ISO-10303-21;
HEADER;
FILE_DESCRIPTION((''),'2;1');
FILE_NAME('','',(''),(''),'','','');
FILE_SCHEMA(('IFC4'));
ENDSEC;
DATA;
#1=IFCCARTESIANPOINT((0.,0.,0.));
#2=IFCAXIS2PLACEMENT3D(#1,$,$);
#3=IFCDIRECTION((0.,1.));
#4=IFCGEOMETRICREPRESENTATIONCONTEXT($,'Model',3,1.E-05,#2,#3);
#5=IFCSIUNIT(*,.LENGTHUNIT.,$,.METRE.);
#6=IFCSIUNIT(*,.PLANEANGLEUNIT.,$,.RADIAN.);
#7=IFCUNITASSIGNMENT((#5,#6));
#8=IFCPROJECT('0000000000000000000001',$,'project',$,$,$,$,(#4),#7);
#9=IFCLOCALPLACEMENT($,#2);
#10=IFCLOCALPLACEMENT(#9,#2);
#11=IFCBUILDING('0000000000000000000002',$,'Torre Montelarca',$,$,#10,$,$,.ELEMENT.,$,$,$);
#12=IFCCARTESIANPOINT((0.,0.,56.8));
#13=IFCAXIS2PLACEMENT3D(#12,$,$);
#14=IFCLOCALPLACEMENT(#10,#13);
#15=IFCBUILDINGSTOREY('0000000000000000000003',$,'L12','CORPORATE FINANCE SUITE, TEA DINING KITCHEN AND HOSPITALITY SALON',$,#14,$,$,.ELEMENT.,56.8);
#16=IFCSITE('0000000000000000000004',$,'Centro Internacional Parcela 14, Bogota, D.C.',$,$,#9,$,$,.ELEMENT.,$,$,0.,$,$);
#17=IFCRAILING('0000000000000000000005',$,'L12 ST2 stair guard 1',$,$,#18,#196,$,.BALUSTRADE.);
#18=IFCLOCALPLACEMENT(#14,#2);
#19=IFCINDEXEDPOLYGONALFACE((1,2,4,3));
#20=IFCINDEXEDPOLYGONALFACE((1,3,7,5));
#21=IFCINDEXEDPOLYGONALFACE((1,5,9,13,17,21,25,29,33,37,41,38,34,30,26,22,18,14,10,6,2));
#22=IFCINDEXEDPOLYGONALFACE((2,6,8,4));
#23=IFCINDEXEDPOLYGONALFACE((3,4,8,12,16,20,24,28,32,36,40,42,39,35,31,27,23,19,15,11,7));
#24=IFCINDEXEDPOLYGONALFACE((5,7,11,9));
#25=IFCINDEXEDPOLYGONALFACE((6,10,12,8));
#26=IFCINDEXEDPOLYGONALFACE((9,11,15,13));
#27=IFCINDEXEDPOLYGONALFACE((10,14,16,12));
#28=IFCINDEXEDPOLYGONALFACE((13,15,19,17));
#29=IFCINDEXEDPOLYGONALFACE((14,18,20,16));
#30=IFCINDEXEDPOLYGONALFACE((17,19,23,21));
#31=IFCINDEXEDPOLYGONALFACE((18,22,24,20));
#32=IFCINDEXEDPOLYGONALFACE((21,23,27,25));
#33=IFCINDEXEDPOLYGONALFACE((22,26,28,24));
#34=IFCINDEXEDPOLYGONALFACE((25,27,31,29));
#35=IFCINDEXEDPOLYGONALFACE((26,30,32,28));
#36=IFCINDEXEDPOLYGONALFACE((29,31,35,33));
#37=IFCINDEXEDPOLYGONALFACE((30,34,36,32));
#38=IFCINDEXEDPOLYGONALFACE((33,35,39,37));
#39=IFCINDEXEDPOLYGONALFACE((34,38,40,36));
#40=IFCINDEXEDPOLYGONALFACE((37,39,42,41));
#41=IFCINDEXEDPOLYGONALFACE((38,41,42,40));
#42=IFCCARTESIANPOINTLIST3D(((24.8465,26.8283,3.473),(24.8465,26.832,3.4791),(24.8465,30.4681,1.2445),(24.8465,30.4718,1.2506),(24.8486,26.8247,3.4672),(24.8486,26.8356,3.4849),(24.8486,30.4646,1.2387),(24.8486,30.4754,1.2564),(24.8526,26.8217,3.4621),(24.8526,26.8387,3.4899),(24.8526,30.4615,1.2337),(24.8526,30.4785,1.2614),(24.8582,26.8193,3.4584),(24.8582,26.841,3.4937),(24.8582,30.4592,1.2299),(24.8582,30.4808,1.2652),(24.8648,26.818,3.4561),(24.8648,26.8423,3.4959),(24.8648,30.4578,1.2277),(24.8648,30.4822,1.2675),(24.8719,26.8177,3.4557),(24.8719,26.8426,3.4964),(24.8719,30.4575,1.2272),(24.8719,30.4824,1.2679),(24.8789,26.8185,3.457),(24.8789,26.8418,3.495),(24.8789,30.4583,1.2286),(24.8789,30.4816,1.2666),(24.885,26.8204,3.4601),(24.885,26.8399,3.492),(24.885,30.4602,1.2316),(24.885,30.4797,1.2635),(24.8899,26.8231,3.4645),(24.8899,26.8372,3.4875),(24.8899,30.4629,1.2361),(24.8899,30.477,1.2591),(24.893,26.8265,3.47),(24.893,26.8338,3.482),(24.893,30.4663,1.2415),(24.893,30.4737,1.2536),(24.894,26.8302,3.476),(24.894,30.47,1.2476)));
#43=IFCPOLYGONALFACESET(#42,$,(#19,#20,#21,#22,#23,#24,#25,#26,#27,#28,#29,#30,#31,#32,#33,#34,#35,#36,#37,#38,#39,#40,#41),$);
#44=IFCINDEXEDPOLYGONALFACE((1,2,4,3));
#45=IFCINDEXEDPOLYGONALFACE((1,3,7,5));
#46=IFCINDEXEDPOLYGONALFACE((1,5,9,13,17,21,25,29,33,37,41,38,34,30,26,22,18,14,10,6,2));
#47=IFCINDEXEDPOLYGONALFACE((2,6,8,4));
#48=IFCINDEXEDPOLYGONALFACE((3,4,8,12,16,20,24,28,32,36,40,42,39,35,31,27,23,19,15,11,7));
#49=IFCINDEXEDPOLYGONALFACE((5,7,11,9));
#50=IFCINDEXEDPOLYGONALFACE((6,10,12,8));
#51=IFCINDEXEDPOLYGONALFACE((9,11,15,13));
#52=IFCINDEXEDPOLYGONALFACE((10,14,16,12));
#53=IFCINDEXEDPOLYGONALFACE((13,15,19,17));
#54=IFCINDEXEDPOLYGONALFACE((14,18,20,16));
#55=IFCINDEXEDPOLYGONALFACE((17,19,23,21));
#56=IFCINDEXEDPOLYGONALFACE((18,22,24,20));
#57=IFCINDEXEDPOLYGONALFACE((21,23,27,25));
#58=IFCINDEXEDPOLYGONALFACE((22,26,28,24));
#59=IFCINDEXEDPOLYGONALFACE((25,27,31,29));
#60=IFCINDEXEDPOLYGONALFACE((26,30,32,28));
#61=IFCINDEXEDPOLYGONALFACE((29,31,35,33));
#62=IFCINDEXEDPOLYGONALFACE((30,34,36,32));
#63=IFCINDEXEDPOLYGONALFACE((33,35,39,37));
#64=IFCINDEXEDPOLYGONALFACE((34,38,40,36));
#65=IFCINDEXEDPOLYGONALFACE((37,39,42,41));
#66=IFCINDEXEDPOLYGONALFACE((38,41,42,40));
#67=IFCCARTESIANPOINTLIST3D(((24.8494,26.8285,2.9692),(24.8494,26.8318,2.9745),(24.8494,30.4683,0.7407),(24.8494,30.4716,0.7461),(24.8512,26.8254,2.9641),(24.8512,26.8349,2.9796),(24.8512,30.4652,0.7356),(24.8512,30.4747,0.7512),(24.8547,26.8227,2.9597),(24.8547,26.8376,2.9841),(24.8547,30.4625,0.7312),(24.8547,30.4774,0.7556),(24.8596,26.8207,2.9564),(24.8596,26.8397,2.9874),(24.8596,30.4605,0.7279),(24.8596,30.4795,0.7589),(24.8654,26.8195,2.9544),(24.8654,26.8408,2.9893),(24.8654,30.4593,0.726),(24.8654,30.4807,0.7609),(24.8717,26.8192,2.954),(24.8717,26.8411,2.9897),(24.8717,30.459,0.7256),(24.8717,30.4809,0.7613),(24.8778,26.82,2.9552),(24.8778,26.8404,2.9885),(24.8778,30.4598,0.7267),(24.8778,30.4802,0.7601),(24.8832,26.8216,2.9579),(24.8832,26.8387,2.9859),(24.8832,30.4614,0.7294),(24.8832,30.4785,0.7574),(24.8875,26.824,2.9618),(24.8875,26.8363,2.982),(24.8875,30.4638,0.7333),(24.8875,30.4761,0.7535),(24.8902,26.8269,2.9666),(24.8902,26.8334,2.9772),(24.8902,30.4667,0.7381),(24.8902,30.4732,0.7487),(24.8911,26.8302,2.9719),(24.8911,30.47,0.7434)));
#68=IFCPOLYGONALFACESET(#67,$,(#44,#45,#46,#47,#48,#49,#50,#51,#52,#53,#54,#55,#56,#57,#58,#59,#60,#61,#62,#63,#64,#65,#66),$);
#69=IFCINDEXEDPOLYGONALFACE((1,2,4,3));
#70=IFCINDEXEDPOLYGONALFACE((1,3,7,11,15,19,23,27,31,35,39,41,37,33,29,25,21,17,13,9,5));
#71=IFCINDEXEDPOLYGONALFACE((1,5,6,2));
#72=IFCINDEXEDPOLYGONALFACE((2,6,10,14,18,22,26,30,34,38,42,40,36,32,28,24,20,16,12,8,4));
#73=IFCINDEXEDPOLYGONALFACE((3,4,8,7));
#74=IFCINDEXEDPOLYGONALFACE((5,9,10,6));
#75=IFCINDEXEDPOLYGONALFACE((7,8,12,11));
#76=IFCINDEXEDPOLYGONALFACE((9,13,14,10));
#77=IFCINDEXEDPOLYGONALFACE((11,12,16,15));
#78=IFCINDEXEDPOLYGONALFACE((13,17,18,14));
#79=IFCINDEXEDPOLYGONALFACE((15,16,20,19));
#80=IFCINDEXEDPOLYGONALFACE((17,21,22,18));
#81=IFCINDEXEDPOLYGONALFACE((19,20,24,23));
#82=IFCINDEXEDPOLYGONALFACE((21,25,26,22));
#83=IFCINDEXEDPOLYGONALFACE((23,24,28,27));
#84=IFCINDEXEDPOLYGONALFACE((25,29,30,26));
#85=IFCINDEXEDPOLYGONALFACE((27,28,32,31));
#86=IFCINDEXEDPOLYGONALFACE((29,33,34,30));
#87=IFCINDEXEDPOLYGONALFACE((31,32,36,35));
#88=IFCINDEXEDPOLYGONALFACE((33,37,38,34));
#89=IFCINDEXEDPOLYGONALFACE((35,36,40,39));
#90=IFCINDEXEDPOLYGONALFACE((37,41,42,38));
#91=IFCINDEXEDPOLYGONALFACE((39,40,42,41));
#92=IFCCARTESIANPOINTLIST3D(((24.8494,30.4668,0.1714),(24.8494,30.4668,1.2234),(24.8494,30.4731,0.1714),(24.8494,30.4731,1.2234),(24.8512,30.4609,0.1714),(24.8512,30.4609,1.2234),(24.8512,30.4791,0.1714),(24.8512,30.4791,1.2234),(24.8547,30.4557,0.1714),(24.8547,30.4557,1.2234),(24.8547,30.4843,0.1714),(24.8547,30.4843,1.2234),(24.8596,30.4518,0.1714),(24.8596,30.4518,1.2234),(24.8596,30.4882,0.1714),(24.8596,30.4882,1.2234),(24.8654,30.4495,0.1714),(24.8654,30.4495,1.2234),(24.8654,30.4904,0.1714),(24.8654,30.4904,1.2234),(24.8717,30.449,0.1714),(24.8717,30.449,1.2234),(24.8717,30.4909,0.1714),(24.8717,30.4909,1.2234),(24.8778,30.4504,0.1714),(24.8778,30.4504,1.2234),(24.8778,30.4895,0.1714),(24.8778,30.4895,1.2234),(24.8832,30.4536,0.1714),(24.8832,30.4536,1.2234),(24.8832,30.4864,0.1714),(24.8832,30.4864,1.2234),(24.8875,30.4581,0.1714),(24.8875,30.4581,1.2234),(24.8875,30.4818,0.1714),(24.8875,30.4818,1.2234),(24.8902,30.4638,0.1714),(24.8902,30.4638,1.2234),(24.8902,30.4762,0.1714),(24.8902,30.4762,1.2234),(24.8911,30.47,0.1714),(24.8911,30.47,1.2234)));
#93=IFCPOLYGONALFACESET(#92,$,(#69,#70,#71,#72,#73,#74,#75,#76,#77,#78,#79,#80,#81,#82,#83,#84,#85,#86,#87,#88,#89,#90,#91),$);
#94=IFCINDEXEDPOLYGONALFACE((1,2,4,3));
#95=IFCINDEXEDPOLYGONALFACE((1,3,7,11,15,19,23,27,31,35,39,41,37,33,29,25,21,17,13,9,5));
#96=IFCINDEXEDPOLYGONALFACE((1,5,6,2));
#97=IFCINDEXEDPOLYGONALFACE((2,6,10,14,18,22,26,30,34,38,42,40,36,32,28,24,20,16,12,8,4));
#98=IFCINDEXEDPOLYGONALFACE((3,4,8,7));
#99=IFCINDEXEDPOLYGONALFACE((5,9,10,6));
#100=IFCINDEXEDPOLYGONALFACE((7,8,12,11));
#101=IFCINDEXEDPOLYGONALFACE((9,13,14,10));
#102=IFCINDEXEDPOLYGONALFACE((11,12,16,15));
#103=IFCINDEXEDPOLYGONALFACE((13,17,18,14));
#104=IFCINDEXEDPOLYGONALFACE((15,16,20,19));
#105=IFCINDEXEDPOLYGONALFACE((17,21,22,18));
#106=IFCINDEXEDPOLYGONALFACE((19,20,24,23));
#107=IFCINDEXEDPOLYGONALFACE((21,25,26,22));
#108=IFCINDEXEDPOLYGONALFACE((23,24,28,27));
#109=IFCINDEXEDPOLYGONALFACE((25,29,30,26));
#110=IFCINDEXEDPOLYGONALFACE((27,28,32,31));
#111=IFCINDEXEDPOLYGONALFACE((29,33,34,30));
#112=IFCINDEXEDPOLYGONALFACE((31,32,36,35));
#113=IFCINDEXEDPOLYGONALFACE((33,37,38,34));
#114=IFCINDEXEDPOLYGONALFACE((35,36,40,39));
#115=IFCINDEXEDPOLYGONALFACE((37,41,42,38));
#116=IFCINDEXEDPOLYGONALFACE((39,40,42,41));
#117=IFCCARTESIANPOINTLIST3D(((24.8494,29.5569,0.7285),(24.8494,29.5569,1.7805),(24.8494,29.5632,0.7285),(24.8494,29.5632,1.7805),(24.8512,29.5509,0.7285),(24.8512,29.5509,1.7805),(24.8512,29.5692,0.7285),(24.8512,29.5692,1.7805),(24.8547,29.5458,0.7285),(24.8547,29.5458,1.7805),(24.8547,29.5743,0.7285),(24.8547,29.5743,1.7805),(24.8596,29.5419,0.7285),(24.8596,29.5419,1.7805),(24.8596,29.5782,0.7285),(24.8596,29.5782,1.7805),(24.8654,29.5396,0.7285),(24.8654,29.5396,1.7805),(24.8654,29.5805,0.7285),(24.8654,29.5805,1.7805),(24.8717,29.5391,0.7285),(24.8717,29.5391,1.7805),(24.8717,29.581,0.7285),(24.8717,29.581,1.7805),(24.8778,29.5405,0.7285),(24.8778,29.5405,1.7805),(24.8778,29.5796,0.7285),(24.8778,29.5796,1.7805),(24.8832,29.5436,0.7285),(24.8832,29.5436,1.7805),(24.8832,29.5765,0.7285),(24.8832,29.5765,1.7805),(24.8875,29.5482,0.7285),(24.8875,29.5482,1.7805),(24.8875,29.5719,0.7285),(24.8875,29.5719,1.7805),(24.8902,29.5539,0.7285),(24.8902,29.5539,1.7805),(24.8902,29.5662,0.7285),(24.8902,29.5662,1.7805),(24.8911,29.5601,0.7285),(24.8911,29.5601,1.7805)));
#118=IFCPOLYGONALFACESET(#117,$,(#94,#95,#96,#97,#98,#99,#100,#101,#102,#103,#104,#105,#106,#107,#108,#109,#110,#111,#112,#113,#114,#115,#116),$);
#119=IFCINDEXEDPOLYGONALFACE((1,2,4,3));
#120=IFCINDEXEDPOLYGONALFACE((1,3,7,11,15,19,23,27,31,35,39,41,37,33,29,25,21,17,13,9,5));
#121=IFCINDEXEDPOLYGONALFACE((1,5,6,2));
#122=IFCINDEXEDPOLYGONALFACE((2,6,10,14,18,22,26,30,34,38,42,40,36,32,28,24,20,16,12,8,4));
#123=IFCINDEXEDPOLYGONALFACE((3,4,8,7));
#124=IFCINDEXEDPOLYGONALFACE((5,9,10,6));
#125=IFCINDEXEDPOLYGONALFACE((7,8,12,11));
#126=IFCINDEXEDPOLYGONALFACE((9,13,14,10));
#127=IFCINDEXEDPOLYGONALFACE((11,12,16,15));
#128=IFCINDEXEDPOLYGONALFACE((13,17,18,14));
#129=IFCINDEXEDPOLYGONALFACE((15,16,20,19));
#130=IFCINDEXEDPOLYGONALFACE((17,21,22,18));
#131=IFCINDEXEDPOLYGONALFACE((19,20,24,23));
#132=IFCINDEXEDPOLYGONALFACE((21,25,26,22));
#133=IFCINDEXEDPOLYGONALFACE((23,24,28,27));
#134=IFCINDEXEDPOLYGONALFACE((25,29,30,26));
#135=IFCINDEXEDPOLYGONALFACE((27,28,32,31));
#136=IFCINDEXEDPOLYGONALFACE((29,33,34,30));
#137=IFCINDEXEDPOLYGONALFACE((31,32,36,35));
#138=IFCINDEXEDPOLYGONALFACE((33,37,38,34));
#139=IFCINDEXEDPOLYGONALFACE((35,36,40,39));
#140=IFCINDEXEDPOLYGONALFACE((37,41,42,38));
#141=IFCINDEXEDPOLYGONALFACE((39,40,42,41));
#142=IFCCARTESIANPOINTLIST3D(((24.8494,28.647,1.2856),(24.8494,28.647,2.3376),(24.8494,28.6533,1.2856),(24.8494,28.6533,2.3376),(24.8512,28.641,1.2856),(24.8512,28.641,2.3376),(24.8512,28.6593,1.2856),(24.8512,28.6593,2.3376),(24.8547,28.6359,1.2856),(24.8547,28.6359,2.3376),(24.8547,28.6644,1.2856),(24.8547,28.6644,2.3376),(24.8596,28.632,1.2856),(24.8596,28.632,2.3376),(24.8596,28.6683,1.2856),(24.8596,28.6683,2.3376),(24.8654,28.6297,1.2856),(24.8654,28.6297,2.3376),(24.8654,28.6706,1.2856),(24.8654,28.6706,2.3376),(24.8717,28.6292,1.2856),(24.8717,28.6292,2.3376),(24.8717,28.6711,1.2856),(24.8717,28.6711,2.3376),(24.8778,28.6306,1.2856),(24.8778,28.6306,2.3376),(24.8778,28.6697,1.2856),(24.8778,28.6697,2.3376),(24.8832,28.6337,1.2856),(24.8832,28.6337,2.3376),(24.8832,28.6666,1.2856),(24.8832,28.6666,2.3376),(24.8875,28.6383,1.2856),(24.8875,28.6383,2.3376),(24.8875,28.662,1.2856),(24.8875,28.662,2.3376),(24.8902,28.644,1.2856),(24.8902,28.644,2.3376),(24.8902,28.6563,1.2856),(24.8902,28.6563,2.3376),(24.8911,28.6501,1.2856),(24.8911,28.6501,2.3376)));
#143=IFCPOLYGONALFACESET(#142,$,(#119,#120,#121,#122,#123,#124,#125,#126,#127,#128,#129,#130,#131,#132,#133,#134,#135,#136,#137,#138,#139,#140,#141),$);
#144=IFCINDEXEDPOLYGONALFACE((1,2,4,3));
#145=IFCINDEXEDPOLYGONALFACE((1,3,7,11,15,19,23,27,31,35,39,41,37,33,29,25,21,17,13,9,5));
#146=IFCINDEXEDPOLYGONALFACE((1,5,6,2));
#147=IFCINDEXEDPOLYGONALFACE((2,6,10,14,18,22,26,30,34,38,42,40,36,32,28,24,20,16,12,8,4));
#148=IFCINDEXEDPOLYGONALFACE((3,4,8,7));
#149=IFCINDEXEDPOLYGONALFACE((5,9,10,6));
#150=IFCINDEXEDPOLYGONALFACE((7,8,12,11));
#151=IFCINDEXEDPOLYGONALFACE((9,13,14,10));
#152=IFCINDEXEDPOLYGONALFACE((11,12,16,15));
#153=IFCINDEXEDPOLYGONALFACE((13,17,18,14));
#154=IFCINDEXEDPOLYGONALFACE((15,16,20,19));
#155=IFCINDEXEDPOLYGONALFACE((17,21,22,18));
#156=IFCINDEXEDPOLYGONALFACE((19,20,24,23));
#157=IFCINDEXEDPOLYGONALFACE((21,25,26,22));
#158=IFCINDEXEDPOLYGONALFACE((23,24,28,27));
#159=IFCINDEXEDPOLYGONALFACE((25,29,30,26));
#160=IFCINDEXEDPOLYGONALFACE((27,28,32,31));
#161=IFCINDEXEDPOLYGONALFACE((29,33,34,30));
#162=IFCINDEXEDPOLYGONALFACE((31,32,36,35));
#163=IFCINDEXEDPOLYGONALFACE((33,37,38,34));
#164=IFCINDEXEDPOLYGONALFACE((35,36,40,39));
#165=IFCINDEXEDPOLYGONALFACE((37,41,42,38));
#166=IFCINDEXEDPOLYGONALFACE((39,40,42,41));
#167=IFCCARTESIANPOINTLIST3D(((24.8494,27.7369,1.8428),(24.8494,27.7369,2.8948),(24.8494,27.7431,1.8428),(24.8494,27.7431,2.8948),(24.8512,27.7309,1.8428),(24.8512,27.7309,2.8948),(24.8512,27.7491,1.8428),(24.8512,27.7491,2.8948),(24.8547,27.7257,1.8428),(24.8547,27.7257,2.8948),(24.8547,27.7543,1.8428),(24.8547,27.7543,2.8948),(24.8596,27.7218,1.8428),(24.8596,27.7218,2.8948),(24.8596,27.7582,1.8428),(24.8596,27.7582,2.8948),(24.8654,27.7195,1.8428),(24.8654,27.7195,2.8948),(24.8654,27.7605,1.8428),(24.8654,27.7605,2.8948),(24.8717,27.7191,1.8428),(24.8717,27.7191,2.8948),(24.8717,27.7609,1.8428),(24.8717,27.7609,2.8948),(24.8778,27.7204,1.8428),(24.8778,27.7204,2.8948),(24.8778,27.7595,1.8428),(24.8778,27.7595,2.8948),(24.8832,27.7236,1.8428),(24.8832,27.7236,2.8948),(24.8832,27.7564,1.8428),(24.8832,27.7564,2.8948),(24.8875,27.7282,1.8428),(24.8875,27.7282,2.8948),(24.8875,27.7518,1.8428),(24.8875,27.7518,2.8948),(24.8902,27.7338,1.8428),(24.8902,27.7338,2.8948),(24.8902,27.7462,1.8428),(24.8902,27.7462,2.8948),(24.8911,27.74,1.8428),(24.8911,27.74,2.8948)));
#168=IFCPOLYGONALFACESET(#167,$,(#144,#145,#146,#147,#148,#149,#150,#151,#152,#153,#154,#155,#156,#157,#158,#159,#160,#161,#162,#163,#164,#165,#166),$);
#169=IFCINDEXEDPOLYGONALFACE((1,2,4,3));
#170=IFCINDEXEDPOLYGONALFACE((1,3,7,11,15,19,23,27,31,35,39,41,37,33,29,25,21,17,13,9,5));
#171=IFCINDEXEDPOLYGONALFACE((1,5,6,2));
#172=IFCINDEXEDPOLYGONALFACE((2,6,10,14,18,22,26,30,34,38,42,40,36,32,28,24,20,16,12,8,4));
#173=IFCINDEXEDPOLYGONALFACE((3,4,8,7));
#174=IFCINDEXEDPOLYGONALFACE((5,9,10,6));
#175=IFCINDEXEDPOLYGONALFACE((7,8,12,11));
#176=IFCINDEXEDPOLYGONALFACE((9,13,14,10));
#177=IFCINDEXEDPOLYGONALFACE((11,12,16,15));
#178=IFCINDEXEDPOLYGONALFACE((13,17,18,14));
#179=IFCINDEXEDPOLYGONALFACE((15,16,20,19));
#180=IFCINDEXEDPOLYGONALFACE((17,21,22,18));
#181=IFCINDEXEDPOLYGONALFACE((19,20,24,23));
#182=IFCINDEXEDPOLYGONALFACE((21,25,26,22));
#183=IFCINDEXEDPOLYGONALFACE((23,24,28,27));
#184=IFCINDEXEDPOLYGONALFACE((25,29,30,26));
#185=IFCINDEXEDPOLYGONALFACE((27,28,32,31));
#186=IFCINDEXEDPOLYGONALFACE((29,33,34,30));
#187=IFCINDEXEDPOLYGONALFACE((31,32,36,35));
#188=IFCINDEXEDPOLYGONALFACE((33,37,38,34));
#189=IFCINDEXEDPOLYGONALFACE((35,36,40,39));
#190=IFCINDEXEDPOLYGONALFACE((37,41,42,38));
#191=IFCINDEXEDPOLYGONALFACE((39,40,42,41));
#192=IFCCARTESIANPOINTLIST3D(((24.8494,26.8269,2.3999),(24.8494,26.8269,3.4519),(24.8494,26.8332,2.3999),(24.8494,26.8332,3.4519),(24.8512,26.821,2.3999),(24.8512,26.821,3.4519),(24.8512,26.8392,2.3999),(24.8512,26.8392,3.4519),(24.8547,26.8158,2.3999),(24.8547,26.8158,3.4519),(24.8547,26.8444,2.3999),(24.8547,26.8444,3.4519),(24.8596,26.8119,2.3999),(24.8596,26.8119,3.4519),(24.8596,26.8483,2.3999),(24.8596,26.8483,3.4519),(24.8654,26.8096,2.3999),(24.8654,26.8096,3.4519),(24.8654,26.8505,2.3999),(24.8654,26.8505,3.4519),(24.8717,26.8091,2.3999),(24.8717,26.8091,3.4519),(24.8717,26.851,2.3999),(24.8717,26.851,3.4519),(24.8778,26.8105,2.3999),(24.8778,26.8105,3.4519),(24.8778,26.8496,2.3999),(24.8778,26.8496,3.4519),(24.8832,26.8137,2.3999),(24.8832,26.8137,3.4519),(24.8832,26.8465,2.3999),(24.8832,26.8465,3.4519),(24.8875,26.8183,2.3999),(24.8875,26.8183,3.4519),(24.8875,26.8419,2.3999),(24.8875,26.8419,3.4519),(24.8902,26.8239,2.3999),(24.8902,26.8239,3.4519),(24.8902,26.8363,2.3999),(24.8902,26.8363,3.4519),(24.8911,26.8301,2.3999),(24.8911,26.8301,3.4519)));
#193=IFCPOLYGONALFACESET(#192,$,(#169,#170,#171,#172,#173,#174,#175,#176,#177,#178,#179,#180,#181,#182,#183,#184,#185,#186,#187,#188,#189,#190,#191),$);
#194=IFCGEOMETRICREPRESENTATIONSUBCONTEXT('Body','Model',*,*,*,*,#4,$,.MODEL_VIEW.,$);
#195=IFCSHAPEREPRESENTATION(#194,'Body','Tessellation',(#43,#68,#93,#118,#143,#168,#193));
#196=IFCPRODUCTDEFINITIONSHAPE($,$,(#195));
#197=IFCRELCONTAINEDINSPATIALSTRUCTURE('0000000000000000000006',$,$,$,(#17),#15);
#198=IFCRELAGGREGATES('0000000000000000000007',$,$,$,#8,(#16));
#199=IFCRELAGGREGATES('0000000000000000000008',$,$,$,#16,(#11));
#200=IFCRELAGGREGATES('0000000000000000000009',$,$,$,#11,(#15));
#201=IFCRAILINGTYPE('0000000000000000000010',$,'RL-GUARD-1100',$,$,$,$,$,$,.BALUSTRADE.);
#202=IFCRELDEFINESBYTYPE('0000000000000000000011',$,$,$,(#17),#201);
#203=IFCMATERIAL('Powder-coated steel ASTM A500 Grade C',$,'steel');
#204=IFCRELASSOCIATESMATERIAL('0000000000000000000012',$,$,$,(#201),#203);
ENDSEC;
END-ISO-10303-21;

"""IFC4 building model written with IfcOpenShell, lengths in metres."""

from ifc_helpers import new_model, si_unit, direction, frame, origin, origin_2d, place, context, subcontext, project, spatial, circle, extrude, material, type_object, element, save


model = new_model("IFC4")

# Units and contexts
model_context = context("Model", 3, precision=1e-05, world=origin(), true_north=direction((0.0, 1.0)))
body_context = subcontext(model_context, "Body", "Model", "MODEL_VIEW")
ifc_project = project(units=[si_unit("LENGTHUNIT", "METRE"), si_unit("PLANEANGLEUNIT", "RADIAN")], contexts=[model_context])

# Site, building, storey
site_placement = place(None, origin())
site = spatial("IfcSite", under=ifc_project, at=site_placement, Name="Centro Internacional Parcela 14, Bogota, D.C.", CompositionType="ELEMENT", RefElevation=0.0)
building_placement = place(site_placement, origin())
building = spatial("IfcBuilding", under=site, at=building_placement, Name="Torre Montelarca", CompositionType="ELEMENT")
storey_placement = place(building_placement, frame((0.0, 0.0, 56.8)))
storey = spatial("IfcBuildingStorey", under=building, at=storey_placement, Name="L12", Description="CORPORATE FINANCE SUITE, TEA DINING KITCHEN AND HOSPITALITY SALON", CompositionType="ELEMENT", Elevation=56.8)

# Railing
ifc_material_1 = material(Name="Powder-coated steel ASTM A500 Grade C", Category="steel")
railing_type_1 = type_object("IfcRailingType", Name="RL-GUARD-1100", PredefinedType="BALUSTRADE", material=ifc_material_1)
railing_1_placement = place(storey_placement, frame((24.8701, 30.47, 0.1714)))
element("IfcRailing", 1, at=railing_1_placement, inside=storey, type_object=railing_type_1, Name="L12 ST2 stair guard 1", PredefinedType="BALUSTRADE", context=body_context, shape_type="SweptSolid", body=[
    extrude(circle(Radius=0.0239, at=origin_2d()), frame((0.0, 0.0, 1.0762), z_axis=(0.0, -0.85285, 0.522156), x_axis=(1.0, 0.0, 0.0)), (0.0, 0.0, 1.0), 4.2678),
    extrude(circle(Radius=0.021, at=origin_2d()), frame((0.0, 0.0, 0.572), z_axis=(0.0, -0.85285, 0.522156), x_axis=(1.0, 0.0, 0.0)), (0.0, 0.0, 1.0), 4.2678),
    extrude(circle(Radius=0.021, at=origin_2d()), origin(), (0.0, 0.0, 1.0), 1.052),
    extrude(circle(Radius=0.021, at=origin_2d()), frame((0.0, -0.9099, 0.5571)), (0.0, 0.0, 1.0), 1.052),
    extrude(circle(Radius=0.021, at=origin_2d()), frame((0.0, -1.8198, 1.1143)), (0.0, 0.0, 1.0), 1.052),
    extrude(circle(Radius=0.021, at=origin_2d()), frame((0.0, -2.73, 1.6714)), (0.0, 0.0, 1.0), 1.052),
    extrude(circle(Radius=0.021, at=origin_2d()), frame((0.0, -3.6399, 2.2285)), (0.0, 0.0, 1.0), 1.052),
])

save(model, "model.ifc")
